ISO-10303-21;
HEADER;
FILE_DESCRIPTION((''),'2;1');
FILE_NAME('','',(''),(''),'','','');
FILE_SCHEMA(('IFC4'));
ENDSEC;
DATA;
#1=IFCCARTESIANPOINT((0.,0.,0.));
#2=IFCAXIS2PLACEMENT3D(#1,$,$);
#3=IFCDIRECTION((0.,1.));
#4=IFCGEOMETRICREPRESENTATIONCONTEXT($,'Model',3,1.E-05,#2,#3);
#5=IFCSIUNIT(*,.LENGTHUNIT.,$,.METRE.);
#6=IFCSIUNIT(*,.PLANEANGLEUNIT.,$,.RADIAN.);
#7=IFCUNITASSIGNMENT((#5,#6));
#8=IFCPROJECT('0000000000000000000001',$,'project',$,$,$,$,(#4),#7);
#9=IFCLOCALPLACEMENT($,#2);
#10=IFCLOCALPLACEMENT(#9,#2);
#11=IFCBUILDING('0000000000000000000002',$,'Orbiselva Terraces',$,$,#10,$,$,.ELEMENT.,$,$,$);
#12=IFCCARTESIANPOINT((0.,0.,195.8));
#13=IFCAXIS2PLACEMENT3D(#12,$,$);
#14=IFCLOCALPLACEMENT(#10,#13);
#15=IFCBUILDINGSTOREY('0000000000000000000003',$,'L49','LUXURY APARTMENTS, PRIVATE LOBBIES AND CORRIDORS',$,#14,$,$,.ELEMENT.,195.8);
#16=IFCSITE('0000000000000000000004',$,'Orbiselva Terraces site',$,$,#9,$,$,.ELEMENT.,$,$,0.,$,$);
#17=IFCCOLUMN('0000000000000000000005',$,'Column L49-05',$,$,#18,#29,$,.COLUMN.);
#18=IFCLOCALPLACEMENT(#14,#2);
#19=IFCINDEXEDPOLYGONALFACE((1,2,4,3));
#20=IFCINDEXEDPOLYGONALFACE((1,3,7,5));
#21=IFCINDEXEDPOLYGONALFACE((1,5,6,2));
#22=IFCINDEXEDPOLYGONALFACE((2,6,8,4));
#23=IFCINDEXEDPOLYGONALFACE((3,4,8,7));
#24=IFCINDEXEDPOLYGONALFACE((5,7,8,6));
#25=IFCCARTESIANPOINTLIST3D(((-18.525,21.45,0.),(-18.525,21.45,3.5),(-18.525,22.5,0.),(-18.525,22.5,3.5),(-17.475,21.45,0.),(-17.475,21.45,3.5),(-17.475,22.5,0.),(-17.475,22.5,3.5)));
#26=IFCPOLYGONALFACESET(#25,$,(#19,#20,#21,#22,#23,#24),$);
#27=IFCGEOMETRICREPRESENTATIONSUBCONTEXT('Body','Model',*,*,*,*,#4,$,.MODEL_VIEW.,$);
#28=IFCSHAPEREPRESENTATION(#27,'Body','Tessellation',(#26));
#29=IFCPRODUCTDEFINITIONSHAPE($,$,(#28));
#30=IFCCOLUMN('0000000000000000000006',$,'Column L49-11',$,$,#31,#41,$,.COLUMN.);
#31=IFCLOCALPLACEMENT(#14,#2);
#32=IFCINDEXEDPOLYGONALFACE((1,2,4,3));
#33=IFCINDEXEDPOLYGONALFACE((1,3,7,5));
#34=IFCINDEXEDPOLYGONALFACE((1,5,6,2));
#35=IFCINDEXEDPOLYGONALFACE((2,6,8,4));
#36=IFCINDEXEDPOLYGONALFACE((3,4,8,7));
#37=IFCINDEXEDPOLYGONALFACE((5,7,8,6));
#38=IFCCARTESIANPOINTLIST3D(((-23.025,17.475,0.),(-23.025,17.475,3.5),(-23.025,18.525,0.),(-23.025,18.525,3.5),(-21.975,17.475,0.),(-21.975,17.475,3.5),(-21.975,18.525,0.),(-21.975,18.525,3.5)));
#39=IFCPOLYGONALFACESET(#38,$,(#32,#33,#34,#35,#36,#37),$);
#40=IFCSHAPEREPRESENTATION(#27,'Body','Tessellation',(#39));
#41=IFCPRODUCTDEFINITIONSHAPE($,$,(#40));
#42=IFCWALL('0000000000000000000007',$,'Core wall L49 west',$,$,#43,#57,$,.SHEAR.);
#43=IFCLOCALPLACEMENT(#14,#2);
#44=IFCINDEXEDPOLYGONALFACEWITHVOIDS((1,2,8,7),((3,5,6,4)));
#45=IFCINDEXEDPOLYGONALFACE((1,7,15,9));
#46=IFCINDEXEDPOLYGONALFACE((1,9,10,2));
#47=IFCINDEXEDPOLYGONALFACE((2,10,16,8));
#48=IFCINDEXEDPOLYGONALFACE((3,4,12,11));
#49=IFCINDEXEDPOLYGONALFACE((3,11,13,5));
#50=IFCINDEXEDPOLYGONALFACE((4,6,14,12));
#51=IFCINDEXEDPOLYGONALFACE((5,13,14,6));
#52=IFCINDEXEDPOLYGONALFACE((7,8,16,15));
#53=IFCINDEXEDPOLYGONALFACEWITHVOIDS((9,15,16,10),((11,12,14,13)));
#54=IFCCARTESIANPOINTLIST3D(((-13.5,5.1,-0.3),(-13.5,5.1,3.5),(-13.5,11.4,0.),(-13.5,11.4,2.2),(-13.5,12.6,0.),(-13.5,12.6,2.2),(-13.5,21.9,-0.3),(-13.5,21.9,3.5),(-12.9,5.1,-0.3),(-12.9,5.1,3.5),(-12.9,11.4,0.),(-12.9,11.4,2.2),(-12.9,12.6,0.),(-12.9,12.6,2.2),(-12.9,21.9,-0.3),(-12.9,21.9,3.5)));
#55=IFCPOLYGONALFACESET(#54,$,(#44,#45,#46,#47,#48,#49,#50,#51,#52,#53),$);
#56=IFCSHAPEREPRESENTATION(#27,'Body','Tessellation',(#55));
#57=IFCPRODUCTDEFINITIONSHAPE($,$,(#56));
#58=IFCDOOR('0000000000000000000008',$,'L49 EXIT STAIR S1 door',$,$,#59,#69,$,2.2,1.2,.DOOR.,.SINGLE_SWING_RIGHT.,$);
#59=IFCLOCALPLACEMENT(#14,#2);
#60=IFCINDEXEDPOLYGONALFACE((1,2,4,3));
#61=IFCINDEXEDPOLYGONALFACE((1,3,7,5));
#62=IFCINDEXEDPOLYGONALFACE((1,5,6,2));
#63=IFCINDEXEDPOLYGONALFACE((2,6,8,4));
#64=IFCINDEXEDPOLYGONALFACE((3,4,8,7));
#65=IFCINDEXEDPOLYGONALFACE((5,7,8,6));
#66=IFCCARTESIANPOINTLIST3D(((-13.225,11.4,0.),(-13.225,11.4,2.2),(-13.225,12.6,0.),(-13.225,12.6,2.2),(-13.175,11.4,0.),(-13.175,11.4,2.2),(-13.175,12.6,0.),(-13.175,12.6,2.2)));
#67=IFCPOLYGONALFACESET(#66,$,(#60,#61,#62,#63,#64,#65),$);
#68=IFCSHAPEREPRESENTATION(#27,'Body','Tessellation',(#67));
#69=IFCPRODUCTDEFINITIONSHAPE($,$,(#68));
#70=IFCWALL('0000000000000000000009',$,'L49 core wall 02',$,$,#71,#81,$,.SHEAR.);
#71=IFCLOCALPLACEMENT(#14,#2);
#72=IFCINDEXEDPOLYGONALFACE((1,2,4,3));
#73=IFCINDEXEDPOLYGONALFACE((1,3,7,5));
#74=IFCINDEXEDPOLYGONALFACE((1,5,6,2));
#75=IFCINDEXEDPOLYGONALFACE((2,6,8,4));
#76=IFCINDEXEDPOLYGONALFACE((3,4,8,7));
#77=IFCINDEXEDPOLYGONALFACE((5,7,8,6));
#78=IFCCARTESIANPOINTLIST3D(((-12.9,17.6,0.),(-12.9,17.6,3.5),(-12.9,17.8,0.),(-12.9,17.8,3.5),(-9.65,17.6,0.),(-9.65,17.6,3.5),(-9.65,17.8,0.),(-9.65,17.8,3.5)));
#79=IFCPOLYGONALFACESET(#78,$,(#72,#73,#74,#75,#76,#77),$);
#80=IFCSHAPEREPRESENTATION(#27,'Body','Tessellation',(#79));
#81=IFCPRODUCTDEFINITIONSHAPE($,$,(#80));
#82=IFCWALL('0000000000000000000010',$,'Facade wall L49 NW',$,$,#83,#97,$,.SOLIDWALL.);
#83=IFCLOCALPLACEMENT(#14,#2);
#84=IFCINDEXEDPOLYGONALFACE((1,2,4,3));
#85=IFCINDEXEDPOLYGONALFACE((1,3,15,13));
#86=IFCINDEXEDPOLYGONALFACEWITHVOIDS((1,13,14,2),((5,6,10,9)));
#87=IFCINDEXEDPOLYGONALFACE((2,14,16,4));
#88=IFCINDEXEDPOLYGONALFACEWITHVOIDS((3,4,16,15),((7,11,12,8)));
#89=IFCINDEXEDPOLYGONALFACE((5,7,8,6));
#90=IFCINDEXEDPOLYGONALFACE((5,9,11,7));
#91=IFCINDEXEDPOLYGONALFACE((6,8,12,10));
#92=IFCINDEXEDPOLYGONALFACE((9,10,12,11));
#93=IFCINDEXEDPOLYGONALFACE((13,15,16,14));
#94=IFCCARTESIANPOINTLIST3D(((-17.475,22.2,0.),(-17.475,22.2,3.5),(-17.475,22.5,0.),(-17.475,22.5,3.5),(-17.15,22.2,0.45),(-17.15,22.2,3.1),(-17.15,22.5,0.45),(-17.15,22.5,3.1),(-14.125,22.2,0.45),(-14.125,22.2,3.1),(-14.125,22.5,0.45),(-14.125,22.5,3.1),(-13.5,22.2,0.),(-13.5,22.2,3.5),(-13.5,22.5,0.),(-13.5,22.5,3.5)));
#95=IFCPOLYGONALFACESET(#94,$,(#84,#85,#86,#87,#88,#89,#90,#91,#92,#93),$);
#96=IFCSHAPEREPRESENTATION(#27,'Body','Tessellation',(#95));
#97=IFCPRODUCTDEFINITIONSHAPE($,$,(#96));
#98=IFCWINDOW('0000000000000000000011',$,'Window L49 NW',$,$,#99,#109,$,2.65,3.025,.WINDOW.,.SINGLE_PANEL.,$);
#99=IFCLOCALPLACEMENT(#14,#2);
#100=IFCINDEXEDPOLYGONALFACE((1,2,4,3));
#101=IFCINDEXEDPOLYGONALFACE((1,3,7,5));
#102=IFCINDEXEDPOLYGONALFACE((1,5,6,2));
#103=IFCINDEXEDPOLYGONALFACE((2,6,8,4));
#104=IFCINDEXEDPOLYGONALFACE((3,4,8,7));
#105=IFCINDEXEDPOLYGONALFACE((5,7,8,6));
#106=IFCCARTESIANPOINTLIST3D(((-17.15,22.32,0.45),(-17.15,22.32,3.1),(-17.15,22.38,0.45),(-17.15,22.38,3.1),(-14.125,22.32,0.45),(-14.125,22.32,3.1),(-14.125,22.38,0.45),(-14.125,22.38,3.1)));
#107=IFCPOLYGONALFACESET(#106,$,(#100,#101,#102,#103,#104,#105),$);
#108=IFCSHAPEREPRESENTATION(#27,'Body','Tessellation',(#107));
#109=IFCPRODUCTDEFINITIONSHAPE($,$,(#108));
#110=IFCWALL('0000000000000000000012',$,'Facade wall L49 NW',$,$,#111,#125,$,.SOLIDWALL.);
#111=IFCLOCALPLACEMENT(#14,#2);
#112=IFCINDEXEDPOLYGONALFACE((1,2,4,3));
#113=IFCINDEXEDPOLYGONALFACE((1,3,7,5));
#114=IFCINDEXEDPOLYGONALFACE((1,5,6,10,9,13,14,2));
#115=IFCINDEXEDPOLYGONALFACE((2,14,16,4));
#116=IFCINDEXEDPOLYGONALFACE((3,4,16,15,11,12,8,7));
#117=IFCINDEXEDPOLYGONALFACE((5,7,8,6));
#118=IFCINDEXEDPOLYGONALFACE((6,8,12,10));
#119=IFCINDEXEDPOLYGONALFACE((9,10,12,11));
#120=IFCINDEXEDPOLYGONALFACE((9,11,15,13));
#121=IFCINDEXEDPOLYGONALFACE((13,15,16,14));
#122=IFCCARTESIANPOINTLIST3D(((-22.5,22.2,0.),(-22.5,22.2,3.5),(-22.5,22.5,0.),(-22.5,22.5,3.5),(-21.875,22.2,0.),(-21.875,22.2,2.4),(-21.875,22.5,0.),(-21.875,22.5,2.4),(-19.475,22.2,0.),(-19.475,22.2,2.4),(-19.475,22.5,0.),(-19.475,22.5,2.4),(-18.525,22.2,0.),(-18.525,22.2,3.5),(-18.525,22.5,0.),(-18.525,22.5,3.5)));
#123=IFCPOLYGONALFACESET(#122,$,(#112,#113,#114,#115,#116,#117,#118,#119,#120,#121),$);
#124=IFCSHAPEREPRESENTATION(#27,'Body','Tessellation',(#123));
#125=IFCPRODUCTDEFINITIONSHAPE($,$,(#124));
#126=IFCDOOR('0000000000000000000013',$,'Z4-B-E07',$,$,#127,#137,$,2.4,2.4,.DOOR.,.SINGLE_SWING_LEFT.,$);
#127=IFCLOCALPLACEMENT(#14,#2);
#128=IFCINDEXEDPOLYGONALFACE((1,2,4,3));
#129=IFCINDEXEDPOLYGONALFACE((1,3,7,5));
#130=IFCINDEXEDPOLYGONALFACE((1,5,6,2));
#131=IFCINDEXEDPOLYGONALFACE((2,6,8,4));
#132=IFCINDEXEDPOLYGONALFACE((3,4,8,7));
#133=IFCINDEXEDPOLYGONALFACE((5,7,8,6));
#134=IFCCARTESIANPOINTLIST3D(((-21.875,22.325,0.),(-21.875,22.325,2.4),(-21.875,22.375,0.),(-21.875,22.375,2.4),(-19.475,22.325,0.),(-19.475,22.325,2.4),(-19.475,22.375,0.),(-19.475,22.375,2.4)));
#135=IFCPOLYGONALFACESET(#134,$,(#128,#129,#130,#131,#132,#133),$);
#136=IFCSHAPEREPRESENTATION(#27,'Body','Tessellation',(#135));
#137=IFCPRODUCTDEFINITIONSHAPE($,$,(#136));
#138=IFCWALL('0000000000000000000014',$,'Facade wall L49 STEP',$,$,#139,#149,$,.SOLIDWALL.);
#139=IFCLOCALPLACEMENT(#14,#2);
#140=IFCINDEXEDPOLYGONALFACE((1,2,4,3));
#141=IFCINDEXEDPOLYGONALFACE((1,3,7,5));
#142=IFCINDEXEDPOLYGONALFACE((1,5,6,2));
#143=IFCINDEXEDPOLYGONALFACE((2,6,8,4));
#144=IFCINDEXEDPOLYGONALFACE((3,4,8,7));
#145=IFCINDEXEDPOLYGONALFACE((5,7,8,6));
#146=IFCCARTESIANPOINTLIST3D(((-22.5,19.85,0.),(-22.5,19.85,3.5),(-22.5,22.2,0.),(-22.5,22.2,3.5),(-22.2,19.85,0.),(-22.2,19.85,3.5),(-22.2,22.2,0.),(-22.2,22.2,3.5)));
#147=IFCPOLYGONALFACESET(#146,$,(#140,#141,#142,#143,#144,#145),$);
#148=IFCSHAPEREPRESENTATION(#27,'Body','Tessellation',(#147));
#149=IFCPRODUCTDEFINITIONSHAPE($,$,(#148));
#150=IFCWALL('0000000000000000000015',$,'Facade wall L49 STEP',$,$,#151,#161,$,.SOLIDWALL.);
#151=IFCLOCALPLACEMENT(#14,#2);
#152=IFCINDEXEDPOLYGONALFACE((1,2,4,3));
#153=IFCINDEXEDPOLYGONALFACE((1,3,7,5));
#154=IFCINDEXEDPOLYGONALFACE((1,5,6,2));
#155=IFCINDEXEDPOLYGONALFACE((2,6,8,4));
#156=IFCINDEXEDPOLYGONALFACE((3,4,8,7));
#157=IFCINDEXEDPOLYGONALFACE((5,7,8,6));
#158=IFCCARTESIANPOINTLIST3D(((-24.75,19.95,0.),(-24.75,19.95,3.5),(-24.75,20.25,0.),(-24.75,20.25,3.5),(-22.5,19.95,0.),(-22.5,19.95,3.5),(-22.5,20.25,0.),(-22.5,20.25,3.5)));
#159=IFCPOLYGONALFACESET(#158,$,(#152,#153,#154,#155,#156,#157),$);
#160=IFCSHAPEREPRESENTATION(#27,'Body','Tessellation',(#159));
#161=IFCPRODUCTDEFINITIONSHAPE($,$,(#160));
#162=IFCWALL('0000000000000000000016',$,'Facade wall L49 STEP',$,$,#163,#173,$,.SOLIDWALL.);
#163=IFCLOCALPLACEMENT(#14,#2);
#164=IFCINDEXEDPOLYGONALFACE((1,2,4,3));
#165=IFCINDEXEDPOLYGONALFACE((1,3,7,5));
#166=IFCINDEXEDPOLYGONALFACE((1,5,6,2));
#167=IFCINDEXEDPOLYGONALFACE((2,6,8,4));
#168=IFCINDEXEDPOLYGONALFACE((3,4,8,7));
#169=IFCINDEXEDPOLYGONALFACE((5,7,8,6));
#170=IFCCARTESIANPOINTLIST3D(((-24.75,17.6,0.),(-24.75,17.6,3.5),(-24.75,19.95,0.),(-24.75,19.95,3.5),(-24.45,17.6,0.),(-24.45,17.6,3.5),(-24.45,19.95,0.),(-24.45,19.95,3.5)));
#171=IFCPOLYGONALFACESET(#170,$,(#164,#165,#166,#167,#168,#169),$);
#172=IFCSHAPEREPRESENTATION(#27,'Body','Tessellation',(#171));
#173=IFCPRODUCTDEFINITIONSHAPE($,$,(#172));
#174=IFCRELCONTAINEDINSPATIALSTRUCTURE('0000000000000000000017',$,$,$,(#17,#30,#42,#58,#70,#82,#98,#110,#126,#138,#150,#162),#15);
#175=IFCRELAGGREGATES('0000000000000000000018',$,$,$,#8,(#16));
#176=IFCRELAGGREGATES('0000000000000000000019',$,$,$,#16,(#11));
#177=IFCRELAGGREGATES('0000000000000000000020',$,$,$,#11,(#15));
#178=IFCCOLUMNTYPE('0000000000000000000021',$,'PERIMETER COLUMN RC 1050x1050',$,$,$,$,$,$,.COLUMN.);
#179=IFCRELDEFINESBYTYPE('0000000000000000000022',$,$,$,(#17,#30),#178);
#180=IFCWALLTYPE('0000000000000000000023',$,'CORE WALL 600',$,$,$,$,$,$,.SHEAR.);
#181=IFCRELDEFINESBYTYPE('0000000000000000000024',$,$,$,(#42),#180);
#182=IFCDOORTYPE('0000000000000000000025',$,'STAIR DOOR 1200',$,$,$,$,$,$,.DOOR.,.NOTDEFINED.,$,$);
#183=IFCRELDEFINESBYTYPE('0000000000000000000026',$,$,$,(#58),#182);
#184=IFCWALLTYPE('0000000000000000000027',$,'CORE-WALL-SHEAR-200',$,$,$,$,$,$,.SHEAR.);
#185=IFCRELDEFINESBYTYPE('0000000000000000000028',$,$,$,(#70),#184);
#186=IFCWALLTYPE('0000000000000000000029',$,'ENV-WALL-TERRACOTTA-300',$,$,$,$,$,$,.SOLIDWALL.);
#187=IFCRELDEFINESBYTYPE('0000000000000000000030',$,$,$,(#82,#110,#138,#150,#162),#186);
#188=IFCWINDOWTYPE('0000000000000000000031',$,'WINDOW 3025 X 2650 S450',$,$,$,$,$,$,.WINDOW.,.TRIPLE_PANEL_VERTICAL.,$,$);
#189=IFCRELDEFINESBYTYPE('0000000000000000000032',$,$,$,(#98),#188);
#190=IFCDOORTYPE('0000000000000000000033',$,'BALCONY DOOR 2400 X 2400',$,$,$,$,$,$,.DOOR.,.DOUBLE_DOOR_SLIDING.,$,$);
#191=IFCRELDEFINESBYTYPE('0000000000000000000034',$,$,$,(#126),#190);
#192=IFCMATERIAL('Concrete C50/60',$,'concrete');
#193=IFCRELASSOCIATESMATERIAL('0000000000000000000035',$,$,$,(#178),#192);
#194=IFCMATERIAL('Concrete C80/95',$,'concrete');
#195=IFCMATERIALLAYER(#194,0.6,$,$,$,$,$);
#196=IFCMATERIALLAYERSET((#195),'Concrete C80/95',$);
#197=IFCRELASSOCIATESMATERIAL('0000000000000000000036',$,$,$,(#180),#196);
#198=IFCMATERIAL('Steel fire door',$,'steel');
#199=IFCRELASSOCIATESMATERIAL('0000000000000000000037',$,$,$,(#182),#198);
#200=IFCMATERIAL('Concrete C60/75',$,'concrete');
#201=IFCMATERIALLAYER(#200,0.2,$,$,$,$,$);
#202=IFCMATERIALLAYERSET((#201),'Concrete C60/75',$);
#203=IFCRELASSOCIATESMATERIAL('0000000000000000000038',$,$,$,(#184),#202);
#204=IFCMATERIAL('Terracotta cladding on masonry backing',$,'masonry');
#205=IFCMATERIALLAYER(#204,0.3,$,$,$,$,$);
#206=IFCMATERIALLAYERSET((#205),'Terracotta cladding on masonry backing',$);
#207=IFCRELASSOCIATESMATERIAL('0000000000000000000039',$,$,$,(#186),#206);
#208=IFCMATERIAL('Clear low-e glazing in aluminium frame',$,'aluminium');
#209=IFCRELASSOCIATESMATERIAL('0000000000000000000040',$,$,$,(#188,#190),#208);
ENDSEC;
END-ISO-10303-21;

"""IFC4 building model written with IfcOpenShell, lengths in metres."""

from ifc_helpers import new_model, si_unit, direction, frame, frame_2d, origin, origin_2d, place, context, subcontext, project, spatial, rectangle, extrude, material, layer, layer_set, material_profile, profile_set, type_object, element, fill, save


model = new_model("IFC4")

# Units and contexts
model_context = context("Model", 3, precision=1e-05, world=origin(), true_north=direction((0.0, 1.0)))
body_context = subcontext(model_context, "Body", "Model", "MODEL_VIEW")
ifc_project = project(units=[si_unit("LENGTHUNIT", "METRE"), si_unit("PLANEANGLEUNIT", "RADIAN")], contexts=[model_context])

# Site, building, storey
site_placement = place(None, origin())
site = spatial("IfcSite", under=ifc_project, at=site_placement, Name="Orbiselva Terraces site", CompositionType="ELEMENT", RefElevation=0.0)
building_placement = place(site_placement, origin())
building = spatial("IfcBuilding", under=site, at=building_placement, Name="Orbiselva Terraces", CompositionType="ELEMENT")
storey_placement = place(building_placement, frame((0.0, 0.0, 195.8)))
storey = spatial("IfcBuildingStorey", under=building, at=storey_placement, Name="L49", Description="LUXURY APARTMENTS, PRIVATE LOBBIES AND CORRIDORS", CompositionType="ELEMENT", Elevation=195.8)

# Columns
ifc_material_1 = material(Name="Concrete C50/60", Category="concrete")
ifc_material_profile = material_profile(ifc_material_1, rectangle(XDim=1.05, YDim=1.05, at=origin_2d()), Name="RC 1050x1050")
ifc_profile_set = profile_set([ifc_material_profile], Name="Concrete C50/60")
column_type = type_object("IfcColumnType", Name="PERIMETER COLUMN RC 1050x1050", PredefinedType="COLUMN", material=ifc_profile_set)
for number, where, z_axis, x_axis, name in (
    (1, (-18.0, 21.975, 0.0), (0.0, 0.0, 1.0), (1.0, 0.0, 0.0), "Column L49-05"),
    (2, (-22.5, 18.0, 0.0), (0.0, 0.0, 1.0), (1.0, 0.0, 0.0), "Column L49-11"),
):
    element("IfcColumn", number, at=place(storey_placement, frame(where, z_axis=z_axis, x_axis=x_axis)), inside=storey, type_object=column_type, Name=name, PredefinedType="COLUMN", context=body_context, shape_type="SweptSolid", body=[
        extrude(rectangle(XDim=1.05, YDim=1.05, at=origin_2d()), origin(), (0.0, 0.0, 1.0), 3.5),
    ])

# Wall, opening, door
ifc_material_2 = material(Name="Concrete C80/95", Category="concrete")
ifc_layer_1 = layer(ifc_material_2, 0.6)
ifc_layer_set_1 = layer_set([ifc_layer_1], Name="Concrete C80/95")
wall_type_1 = type_object("IfcWallType", Name="CORE WALL 600", PredefinedType="SHEAR", material=ifc_layer_set_1)
wall_1_placement = place(storey_placement, frame((-13.2, 21.9, -0.3), z_axis=(0.0, 0.0, 1.0), x_axis=(0.0, -1.0, 0.0)))
wall_1 = element("IfcWall", 3, at=wall_1_placement, inside=storey, type_object=wall_type_1, Name="Core wall L49 west", PredefinedType="SHEAR", context=body_context, shape_type="SweptSolid", body=[
    extrude(rectangle(XDim=16.8, YDim=0.6, at=frame_2d((8.4, 0.0))), origin(), (0.0, 0.0, 1.0), 3.8),
])
opening_1_placement = place(wall_1_placement, frame((9.3, 0.0, 0.3)))
opening_1 = element("IfcOpeningElement", 4, at=opening_1_placement, cuts=wall_1, PredefinedType="OPENING", context=body_context, shape_type="SweptSolid", body=[
    extrude(rectangle(XDim=1.2, YDim=2.2, at=frame_2d((0.6, 1.1))), frame((0.0, 0.31, 0.0), z_axis=(0.0, -1.0, 0.0), x_axis=(1.0, 0.0, 0.0)), (0.0, 0.0, 1.0), 0.62),
])
ifc_material_3 = material(Name="Steel fire door", Category="steel")
door_type_1 = type_object("IfcDoorType", Name="STAIR DOOR 1200", OperationType="NOTDEFINED", PredefinedType="DOOR", material=ifc_material_3)
door_1_placement = place(opening_1_placement, frame((1.2, 0.0, 0.0), z_axis=(0.0, 0.0, 1.0), x_axis=(-1.0, 0.0, 0.0)))
door_1 = element("IfcDoor", 5, at=door_1_placement, inside=storey, type_object=door_type_1, Name="L49 EXIT STAIR S1 door", OperationType="SINGLE_SWING_RIGHT", OverallHeight=2.2, OverallWidth=1.2, PredefinedType="DOOR", context=body_context, shape_type="SweptSolid", body=[
    extrude(rectangle(XDim=1.2, YDim=2.2, at=frame_2d((0.6, 1.1))), frame((0.0, 0.025, 0.0), z_axis=(0.0, -1.0, 0.0), x_axis=(1.0, 0.0, 0.0)), (0.0, 0.0, 1.0), 0.05),
])
fill(opening_1, door_1)

# Wall
ifc_material_4 = material(Name="Concrete C60/75", Category="concrete")
ifc_layer_2 = layer(ifc_material_4, 0.2)
ifc_layer_set_2 = layer_set([ifc_layer_2], Name="Concrete C60/75")
wall_type_2 = type_object("IfcWallType", Name="CORE-WALL-SHEAR-200", PredefinedType="SHEAR", material=ifc_layer_set_2)
wall_2_placement = place(storey_placement, frame((-12.9, 17.7, 0.0), z_axis=(0.0, 0.0, 1.0), x_axis=(1.0, 0.0, 0.0)))
element("IfcWall", 6, at=wall_2_placement, inside=storey, type_object=wall_type_2, Name="L49 core wall 02", PredefinedType="SHEAR", context=body_context, shape_type="SweptSolid", body=[
    extrude(rectangle(XDim=3.25, YDim=0.2, at=frame_2d((1.625, 0.0))), origin(), (0.0, 0.0, 1.0), 3.5),
])

# Wall, opening, window
ifc_material_5 = material(Name="Terracotta cladding on masonry backing", Category="masonry")
ifc_layer_3 = layer(ifc_material_5, 0.3)
ifc_layer_set_3 = layer_set([ifc_layer_3], Name="Terracotta cladding on masonry backing")
wall_type_3 = type_object("IfcWallType", Name="ENV-WALL-TERRACOTTA-300", PredefinedType="SOLIDWALL", material=ifc_layer_set_3)
wall_3_placement = place(storey_placement, frame((-17.475, 22.35, 0.0), z_axis=(0.0, 0.0, 1.0), x_axis=(1.0, 0.0, 0.0)))
wall_3 = element("IfcWall", 7, at=wall_3_placement, inside=storey, type_object=wall_type_3, Name="Facade wall L49 NW", PredefinedType="SOLIDWALL", context=body_context, shape_type="SweptSolid", body=[
    extrude(rectangle(XDim=3.975, YDim=0.3, at=frame_2d((1.9875, 0.0))), origin(), (0.0, 0.0, 1.0), 3.5),
])
opening_2_placement = place(wall_3_placement, frame((0.325, 0.0, 0.45)))
opening_2 = element("IfcOpeningElement", 8, at=opening_2_placement, cuts=wall_3, PredefinedType="OPENING", context=body_context, shape_type="SweptSolid", body=[
    extrude(rectangle(XDim=3.025, YDim=2.65, at=frame_2d((1.5125, 1.325))), frame((0.0, 0.16, 0.0), z_axis=(0.0, -1.0, 0.0), x_axis=(1.0, 0.0, 0.0)), (0.0, 0.0, 1.0), 0.32),
])
ifc_material_6 = material(Name="Clear low-e glazing in aluminium frame", Category="aluminium")
window_type = type_object("IfcWindowType", Name="WINDOW 3025 X 2650 S450", PartitioningType="TRIPLE_PANEL_VERTICAL", PredefinedType="WINDOW", material=ifc_material_6)
window_placement = place(opening_2_placement, origin())
window = element("IfcWindow", 9, at=window_placement, inside=storey, type_object=window_type, Name="Window L49 NW", OverallHeight=2.65, OverallWidth=3.025, PartitioningType="SINGLE_PANEL", PredefinedType="WINDOW", context=body_context, shape_type="SweptSolid", body=[
    extrude(rectangle(XDim=3.025, YDim=2.65, at=frame_2d((1.5125, 1.325))), frame((0.0, 0.03, 0.0), z_axis=(0.0, -1.0, 0.0), x_axis=(1.0, 0.0, 0.0)), (0.0, 0.0, 1.0), 0.06),
])
fill(opening_2, window)

# Wall, opening, door
wall_4_placement = place(storey_placement, frame((-22.5, 22.35, 0.0), z_axis=(0.0, 0.0, 1.0), x_axis=(1.0, 0.0, 0.0)))
wall_4 = element("IfcWall", 10, at=wall_4_placement, inside=storey, type_object=wall_type_3, Name="Facade wall L49 NW", PredefinedType="SOLIDWALL", context=body_context, shape_type="SweptSolid", body=[
    extrude(rectangle(XDim=3.975, YDim=0.3, at=frame_2d((1.9875, 0.0))), origin(), (0.0, 0.0, 1.0), 3.5),
])
opening_3_placement = place(wall_4_placement, frame((0.625, 0.0, 0.0)))
opening_3 = element("IfcOpeningElement", 11, at=opening_3_placement, cuts=wall_4, PredefinedType="OPENING", context=body_context, shape_type="SweptSolid", body=[
    extrude(rectangle(XDim=2.4, YDim=2.4, at=frame_2d((1.2, 1.2))), frame((0.0, 0.16, 0.0), z_axis=(0.0, -1.0, 0.0), x_axis=(1.0, 0.0, 0.0)), (0.0, 0.0, 1.0), 0.32),
])
door_type_2 = type_object("IfcDoorType", Name="BALCONY DOOR 2400 X 2400", OperationType="DOUBLE_DOOR_SLIDING", PredefinedType="DOOR", material=ifc_material_6)
door_2_placement = place(opening_3_placement, origin())
door_2 = element("IfcDoor", 12, at=door_2_placement, inside=storey, type_object=door_type_2, Name="Z4-B-E07", OperationType="SINGLE_SWING_LEFT", OverallHeight=2.4, OverallWidth=2.4, PredefinedType="DOOR", context=body_context, shape_type="SweptSolid", body=[
    extrude(rectangle(XDim=2.4, YDim=2.4, at=frame_2d((1.2, 1.2))), frame((0.0, 0.025, 0.0), z_axis=(0.0, -1.0, 0.0), x_axis=(1.0, 0.0, 0.0)), (0.0, 0.0, 1.0), 0.05),
])
fill(opening_3, door_2)

# Walls
wall_5_placement = place(storey_placement, frame((-22.35, 19.85, 0.0), z_axis=(0.0, 0.0, 1.0), x_axis=(0.0, 1.0, 0.0)))
element("IfcWall", 13, at=wall_5_placement, inside=storey, type_object=wall_type_3, Name="Facade wall L49 STEP", PredefinedType="SOLIDWALL", context=body_context, shape_type="SweptSolid", body=[
    extrude(rectangle(XDim=2.35, YDim=0.3, at=frame_2d((1.175, 0.0))), origin(), (0.0, 0.0, 1.0), 3.5),
])
wall_6_placement = place(storey_placement, frame((-24.75, 20.1, 0.0), z_axis=(0.0, 0.0, 1.0), x_axis=(1.0, 0.0, 0.0)))
element("IfcWall", 14, at=wall_6_placement, inside=storey, type_object=wall_type_3, Name="Facade wall L49 STEP", PredefinedType="SOLIDWALL", context=body_context, shape_type="SweptSolid", body=[
    extrude(rectangle(XDim=2.25, YDim=0.3, at=frame_2d((1.125, 0.0))), origin(), (0.0, 0.0, 1.0), 3.5),
])
wall_7_placement = place(storey_placement, frame((-24.6, 17.6, 0.0), z_axis=(0.0, 0.0, 1.0), x_axis=(0.0, 1.0, 0.0)))
element("IfcWall", 15, at=wall_7_placement, inside=storey, type_object=wall_type_3, Name="Facade wall L49 STEP", PredefinedType="SOLIDWALL", context=body_context, shape_type="SweptSolid", body=[
    extrude(rectangle(XDim=2.35, YDim=0.3, at=frame_2d((1.175, 0.0))), origin(), (0.0, 0.0, 1.0), 3.5),
])

save(model, "model.ifc")
